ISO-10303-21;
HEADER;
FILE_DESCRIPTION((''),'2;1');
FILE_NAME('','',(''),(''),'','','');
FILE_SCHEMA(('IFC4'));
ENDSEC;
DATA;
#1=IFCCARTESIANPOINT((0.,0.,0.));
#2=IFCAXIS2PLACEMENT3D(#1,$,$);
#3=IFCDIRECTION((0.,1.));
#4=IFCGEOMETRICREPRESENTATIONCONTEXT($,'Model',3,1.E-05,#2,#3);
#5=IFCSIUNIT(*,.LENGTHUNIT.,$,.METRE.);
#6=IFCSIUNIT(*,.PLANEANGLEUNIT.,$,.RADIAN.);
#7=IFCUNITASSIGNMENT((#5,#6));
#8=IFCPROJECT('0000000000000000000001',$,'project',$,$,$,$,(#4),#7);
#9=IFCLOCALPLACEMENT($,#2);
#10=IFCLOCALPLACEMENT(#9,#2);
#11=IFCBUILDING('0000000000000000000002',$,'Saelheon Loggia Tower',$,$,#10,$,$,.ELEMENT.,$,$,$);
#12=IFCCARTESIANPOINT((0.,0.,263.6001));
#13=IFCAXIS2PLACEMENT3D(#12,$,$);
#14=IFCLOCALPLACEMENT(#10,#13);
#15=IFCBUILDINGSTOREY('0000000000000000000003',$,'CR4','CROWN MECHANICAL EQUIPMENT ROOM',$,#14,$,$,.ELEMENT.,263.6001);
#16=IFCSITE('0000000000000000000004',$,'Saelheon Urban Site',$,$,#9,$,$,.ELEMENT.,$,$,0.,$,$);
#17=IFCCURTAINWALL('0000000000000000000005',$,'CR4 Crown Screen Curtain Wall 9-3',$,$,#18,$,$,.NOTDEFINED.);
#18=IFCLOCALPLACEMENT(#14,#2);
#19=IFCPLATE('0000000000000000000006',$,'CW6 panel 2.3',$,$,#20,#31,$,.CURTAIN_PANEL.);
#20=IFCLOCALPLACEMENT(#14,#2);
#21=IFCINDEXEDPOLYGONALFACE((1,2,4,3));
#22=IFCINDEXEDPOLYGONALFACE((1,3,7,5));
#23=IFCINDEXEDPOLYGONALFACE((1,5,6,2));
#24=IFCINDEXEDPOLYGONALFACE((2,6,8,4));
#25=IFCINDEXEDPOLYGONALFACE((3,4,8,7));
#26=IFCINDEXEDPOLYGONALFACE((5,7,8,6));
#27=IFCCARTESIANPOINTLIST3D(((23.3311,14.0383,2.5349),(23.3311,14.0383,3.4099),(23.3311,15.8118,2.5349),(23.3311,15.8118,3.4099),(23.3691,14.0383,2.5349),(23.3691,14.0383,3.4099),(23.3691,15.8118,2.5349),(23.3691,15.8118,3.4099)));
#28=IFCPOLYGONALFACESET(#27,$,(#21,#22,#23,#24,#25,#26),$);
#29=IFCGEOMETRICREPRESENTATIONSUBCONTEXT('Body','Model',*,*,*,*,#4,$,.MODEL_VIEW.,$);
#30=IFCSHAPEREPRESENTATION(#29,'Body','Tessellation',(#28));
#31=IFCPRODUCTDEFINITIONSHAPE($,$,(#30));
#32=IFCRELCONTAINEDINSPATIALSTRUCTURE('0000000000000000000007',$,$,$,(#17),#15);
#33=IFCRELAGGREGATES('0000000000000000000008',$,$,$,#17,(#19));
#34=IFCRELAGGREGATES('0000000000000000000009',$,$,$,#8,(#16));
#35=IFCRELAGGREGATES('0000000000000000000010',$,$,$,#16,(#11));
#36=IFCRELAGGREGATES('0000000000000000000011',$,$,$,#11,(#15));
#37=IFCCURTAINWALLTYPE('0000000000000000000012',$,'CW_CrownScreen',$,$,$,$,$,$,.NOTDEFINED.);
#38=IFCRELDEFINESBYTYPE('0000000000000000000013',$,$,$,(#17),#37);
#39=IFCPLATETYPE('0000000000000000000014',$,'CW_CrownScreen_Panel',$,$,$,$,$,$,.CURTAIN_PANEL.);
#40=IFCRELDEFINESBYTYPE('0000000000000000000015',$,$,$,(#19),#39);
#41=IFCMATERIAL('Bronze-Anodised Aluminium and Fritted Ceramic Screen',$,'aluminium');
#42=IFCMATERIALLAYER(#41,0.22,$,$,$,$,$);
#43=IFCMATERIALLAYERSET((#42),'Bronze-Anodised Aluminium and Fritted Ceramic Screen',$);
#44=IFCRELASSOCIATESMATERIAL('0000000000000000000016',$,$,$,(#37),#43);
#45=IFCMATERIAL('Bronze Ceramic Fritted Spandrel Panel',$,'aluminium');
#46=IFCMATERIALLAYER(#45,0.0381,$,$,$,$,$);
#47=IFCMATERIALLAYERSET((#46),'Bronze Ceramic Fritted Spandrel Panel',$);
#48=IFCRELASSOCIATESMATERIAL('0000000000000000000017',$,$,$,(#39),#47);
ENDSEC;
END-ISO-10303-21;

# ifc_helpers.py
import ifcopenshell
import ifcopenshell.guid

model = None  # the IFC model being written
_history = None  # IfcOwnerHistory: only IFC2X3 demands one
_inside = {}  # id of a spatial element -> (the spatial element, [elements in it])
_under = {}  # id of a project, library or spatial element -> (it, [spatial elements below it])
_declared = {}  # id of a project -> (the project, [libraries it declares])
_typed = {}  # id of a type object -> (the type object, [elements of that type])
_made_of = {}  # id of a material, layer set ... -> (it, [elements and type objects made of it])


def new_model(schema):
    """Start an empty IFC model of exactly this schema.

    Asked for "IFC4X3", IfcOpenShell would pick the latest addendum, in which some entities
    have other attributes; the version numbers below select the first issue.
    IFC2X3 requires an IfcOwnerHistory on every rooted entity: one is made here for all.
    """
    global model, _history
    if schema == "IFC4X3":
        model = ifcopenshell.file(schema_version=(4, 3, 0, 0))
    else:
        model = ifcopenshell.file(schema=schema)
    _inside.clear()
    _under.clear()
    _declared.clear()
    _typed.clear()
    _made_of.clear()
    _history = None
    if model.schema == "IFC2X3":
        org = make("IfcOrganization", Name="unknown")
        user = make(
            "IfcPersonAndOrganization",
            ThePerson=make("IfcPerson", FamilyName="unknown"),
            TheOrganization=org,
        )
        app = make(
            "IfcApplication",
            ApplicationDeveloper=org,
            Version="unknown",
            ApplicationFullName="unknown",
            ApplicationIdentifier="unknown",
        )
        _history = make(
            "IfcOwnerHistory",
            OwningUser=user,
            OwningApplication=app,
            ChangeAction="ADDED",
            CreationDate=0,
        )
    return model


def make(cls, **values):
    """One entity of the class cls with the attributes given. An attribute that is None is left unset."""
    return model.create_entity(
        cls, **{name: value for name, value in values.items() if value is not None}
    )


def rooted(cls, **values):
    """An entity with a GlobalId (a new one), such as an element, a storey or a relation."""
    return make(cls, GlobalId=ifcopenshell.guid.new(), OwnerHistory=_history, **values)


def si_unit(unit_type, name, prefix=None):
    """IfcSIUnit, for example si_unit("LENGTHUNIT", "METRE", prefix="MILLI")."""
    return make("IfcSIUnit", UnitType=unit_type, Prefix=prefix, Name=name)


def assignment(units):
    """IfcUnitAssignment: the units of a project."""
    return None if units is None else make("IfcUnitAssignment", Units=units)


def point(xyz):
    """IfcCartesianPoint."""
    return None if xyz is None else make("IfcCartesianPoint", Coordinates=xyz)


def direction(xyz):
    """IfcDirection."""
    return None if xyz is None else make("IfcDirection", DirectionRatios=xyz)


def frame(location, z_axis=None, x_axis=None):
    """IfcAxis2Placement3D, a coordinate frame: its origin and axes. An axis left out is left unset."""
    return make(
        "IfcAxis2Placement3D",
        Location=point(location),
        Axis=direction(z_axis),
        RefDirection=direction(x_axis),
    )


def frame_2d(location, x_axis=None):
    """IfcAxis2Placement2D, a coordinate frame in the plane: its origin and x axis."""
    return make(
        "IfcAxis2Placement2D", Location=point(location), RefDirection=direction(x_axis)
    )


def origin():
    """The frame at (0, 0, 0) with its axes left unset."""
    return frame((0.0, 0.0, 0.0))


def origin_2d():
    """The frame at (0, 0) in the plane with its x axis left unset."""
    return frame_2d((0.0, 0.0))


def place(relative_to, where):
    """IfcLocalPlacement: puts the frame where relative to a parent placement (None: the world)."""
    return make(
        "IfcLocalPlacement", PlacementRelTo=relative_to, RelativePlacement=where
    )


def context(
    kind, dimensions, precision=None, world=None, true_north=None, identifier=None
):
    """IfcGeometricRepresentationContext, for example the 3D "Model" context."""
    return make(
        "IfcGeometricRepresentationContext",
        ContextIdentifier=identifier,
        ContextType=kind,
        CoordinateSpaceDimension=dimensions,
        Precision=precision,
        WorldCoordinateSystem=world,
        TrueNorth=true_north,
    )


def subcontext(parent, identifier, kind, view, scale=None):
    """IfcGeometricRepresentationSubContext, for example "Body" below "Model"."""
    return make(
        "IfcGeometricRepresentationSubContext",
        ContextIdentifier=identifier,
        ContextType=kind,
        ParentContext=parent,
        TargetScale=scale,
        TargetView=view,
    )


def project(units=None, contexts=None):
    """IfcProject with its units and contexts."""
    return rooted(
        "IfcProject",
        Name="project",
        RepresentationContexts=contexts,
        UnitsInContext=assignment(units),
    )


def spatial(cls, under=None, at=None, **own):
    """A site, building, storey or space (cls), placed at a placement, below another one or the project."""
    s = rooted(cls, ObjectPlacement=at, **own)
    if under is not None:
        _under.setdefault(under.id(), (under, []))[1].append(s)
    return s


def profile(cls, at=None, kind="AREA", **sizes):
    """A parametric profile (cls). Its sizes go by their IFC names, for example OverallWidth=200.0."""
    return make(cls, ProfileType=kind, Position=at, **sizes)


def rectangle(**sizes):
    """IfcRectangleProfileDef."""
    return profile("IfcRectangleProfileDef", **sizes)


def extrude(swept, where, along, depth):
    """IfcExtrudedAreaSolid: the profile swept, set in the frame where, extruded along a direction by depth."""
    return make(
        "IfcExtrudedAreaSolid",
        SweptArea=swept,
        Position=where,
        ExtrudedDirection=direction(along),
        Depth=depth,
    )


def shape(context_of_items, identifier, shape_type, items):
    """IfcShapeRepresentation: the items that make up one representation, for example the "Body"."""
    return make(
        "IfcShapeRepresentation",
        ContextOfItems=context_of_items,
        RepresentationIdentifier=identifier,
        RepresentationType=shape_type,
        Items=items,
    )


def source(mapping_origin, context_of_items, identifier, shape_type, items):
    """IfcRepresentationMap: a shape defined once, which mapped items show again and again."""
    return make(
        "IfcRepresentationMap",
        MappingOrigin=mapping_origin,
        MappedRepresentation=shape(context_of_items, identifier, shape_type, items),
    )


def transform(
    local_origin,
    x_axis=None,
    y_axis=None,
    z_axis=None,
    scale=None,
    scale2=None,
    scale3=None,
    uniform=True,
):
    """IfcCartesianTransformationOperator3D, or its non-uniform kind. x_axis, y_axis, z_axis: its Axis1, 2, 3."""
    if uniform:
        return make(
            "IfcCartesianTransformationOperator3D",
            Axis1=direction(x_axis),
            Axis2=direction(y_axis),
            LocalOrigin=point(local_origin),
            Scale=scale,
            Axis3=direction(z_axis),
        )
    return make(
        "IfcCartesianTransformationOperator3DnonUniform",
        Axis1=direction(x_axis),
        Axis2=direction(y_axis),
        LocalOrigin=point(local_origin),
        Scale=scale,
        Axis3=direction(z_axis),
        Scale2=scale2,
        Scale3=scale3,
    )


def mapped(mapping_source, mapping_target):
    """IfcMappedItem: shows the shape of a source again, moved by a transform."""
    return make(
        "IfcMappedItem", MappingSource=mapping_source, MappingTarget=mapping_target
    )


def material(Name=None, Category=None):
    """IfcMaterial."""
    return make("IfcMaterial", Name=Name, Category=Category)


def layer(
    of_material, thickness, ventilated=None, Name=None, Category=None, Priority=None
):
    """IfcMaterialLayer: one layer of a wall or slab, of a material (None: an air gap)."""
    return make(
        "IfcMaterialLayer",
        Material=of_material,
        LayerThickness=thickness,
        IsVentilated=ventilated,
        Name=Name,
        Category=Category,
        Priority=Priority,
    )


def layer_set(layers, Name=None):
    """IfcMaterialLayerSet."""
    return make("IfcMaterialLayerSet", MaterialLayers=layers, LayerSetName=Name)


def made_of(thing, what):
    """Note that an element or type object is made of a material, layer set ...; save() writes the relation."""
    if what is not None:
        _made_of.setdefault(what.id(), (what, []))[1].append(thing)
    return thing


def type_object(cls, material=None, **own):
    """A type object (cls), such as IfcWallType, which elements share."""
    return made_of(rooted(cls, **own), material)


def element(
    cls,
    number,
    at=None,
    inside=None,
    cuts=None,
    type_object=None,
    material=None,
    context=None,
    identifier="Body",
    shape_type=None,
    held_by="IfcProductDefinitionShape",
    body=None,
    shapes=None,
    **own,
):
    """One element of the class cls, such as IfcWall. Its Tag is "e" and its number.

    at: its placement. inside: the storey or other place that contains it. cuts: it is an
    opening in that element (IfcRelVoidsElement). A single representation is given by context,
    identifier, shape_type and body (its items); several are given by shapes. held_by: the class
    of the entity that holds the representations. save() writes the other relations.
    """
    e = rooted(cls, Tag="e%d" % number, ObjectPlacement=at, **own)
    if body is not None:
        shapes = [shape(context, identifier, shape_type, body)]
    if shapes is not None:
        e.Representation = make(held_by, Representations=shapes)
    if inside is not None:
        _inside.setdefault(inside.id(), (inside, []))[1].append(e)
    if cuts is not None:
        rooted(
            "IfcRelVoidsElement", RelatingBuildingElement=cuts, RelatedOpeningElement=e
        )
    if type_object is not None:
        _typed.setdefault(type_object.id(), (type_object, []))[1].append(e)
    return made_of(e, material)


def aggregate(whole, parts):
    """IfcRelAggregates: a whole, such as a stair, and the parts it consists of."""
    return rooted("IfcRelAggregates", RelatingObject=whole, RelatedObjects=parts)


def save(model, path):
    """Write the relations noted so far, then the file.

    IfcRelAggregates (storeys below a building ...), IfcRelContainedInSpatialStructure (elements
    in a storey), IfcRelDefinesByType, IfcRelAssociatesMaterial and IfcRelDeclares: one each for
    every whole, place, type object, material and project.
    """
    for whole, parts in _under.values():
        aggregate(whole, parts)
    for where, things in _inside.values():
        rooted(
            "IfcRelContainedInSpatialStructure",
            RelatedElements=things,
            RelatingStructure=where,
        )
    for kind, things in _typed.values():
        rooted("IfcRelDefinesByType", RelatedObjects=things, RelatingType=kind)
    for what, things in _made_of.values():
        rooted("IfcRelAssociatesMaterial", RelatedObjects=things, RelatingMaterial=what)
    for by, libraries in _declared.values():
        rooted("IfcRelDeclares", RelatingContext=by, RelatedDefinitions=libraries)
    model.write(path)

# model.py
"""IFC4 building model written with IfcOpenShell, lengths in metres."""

from ifc_helpers import new_model, si_unit, direction, frame, origin, origin_2d, place, context, subcontext, project, spatial, rectangle, extrude, source, transform, mapped, material, layer, layer_set, type_object, element, aggregate, save


model = new_model("IFC4")

# Units and contexts
model_context = context("Model", 3, precision=1e-05, world=origin(), true_north=direction((0.0, 1.0)))
body_context = subcontext(model_context, "Body", "Model", "MODEL_VIEW")
ifc_project = project(units=[si_unit("LENGTHUNIT", "METRE"), si_unit("PLANEANGLEUNIT", "RADIAN")], contexts=[model_context])

# Site, building, storey
site_placement = place(None, origin())
site = spatial("IfcSite", under=ifc_project, at=site_placement, Name="Saelheon Urban Site", CompositionType="ELEMENT", RefElevation=0.0)
building_placement = place(site_placement, origin())
building = spatial("IfcBuilding", under=site, at=building_placement, Name="Saelheon Loggia Tower", CompositionType="ELEMENT")
storey_placement = place(building_placement, frame((0.0, 0.0, 263.6001)))
storey = spatial("IfcBuildingStorey", under=building, at=storey_placement, Name="CR4", Description="CROWN MECHANICAL EQUIPMENT ROOM", CompositionType="ELEMENT", Elevation=263.6001)

# Curtain wall
ifc_material_1 = material(Name="Bronze-Anodised Aluminium and Fritted Ceramic Screen", Category="aluminium")
ifc_layer_1 = layer(ifc_material_1, 0.22)
ifc_layer_set_1 = layer_set([ifc_layer_1], Name="Bronze-Anodised Aluminium and Fritted Ceramic Screen")
curtain_wall_type = type_object("IfcCurtainWallType", Name="CW_CrownScreen", PredefinedType="NOTDEFINED", material=ifc_layer_set_1)
curtain_wall_placement = place(storey_placement, origin())
curtain_wall = element("IfcCurtainWall", 1, at=curtain_wall_placement, inside=storey, type_object=curtain_wall_type, Name="CR4 Crown Screen Curtain Wall 9-3", PredefinedType="NOTDEFINED")

# Plate
ifc_material_2 = material(Name="Bronze Ceramic Fritted Spandrel Panel", Category="aluminium")
ifc_layer_2 = layer(ifc_material_2, 0.0381)
ifc_layer_set_2 = layer_set([ifc_layer_2], Name="Bronze Ceramic Fritted Spandrel Panel")
plate_type = type_object("IfcPlateType", Name="CW_CrownScreen_Panel", PredefinedType="CURTAIN_PANEL", material=ifc_layer_set_2)
shared_shape_1 = source(origin(), body_context, "Body", "SweptSolid", [
    extrude(rectangle(XDim=1.7734, YDim=0.0381, at=origin_2d()), origin(), (0.0, 0.0, 1.0), 0.875),
])
plate_1_placement = place(storey_placement, frame((23.3501, 14.925, 2.5349), z_axis=(0.0, 0.0, 1.0), x_axis=(0.0, -1.0, 0.0)))
plate_1 = element("IfcPlate", 2, at=plate_1_placement, type_object=plate_type, Name="CW6 panel 2.3", PredefinedType="CURTAIN_PANEL", context=body_context, shape_type="MappedRepresentation", body=[
    mapped(shared_shape_1, transform((0.0, 0.0, 0.0), scale=1.0)),
])
aggregate(curtain_wall, [plate_1])

save(model, "model.ifc")
